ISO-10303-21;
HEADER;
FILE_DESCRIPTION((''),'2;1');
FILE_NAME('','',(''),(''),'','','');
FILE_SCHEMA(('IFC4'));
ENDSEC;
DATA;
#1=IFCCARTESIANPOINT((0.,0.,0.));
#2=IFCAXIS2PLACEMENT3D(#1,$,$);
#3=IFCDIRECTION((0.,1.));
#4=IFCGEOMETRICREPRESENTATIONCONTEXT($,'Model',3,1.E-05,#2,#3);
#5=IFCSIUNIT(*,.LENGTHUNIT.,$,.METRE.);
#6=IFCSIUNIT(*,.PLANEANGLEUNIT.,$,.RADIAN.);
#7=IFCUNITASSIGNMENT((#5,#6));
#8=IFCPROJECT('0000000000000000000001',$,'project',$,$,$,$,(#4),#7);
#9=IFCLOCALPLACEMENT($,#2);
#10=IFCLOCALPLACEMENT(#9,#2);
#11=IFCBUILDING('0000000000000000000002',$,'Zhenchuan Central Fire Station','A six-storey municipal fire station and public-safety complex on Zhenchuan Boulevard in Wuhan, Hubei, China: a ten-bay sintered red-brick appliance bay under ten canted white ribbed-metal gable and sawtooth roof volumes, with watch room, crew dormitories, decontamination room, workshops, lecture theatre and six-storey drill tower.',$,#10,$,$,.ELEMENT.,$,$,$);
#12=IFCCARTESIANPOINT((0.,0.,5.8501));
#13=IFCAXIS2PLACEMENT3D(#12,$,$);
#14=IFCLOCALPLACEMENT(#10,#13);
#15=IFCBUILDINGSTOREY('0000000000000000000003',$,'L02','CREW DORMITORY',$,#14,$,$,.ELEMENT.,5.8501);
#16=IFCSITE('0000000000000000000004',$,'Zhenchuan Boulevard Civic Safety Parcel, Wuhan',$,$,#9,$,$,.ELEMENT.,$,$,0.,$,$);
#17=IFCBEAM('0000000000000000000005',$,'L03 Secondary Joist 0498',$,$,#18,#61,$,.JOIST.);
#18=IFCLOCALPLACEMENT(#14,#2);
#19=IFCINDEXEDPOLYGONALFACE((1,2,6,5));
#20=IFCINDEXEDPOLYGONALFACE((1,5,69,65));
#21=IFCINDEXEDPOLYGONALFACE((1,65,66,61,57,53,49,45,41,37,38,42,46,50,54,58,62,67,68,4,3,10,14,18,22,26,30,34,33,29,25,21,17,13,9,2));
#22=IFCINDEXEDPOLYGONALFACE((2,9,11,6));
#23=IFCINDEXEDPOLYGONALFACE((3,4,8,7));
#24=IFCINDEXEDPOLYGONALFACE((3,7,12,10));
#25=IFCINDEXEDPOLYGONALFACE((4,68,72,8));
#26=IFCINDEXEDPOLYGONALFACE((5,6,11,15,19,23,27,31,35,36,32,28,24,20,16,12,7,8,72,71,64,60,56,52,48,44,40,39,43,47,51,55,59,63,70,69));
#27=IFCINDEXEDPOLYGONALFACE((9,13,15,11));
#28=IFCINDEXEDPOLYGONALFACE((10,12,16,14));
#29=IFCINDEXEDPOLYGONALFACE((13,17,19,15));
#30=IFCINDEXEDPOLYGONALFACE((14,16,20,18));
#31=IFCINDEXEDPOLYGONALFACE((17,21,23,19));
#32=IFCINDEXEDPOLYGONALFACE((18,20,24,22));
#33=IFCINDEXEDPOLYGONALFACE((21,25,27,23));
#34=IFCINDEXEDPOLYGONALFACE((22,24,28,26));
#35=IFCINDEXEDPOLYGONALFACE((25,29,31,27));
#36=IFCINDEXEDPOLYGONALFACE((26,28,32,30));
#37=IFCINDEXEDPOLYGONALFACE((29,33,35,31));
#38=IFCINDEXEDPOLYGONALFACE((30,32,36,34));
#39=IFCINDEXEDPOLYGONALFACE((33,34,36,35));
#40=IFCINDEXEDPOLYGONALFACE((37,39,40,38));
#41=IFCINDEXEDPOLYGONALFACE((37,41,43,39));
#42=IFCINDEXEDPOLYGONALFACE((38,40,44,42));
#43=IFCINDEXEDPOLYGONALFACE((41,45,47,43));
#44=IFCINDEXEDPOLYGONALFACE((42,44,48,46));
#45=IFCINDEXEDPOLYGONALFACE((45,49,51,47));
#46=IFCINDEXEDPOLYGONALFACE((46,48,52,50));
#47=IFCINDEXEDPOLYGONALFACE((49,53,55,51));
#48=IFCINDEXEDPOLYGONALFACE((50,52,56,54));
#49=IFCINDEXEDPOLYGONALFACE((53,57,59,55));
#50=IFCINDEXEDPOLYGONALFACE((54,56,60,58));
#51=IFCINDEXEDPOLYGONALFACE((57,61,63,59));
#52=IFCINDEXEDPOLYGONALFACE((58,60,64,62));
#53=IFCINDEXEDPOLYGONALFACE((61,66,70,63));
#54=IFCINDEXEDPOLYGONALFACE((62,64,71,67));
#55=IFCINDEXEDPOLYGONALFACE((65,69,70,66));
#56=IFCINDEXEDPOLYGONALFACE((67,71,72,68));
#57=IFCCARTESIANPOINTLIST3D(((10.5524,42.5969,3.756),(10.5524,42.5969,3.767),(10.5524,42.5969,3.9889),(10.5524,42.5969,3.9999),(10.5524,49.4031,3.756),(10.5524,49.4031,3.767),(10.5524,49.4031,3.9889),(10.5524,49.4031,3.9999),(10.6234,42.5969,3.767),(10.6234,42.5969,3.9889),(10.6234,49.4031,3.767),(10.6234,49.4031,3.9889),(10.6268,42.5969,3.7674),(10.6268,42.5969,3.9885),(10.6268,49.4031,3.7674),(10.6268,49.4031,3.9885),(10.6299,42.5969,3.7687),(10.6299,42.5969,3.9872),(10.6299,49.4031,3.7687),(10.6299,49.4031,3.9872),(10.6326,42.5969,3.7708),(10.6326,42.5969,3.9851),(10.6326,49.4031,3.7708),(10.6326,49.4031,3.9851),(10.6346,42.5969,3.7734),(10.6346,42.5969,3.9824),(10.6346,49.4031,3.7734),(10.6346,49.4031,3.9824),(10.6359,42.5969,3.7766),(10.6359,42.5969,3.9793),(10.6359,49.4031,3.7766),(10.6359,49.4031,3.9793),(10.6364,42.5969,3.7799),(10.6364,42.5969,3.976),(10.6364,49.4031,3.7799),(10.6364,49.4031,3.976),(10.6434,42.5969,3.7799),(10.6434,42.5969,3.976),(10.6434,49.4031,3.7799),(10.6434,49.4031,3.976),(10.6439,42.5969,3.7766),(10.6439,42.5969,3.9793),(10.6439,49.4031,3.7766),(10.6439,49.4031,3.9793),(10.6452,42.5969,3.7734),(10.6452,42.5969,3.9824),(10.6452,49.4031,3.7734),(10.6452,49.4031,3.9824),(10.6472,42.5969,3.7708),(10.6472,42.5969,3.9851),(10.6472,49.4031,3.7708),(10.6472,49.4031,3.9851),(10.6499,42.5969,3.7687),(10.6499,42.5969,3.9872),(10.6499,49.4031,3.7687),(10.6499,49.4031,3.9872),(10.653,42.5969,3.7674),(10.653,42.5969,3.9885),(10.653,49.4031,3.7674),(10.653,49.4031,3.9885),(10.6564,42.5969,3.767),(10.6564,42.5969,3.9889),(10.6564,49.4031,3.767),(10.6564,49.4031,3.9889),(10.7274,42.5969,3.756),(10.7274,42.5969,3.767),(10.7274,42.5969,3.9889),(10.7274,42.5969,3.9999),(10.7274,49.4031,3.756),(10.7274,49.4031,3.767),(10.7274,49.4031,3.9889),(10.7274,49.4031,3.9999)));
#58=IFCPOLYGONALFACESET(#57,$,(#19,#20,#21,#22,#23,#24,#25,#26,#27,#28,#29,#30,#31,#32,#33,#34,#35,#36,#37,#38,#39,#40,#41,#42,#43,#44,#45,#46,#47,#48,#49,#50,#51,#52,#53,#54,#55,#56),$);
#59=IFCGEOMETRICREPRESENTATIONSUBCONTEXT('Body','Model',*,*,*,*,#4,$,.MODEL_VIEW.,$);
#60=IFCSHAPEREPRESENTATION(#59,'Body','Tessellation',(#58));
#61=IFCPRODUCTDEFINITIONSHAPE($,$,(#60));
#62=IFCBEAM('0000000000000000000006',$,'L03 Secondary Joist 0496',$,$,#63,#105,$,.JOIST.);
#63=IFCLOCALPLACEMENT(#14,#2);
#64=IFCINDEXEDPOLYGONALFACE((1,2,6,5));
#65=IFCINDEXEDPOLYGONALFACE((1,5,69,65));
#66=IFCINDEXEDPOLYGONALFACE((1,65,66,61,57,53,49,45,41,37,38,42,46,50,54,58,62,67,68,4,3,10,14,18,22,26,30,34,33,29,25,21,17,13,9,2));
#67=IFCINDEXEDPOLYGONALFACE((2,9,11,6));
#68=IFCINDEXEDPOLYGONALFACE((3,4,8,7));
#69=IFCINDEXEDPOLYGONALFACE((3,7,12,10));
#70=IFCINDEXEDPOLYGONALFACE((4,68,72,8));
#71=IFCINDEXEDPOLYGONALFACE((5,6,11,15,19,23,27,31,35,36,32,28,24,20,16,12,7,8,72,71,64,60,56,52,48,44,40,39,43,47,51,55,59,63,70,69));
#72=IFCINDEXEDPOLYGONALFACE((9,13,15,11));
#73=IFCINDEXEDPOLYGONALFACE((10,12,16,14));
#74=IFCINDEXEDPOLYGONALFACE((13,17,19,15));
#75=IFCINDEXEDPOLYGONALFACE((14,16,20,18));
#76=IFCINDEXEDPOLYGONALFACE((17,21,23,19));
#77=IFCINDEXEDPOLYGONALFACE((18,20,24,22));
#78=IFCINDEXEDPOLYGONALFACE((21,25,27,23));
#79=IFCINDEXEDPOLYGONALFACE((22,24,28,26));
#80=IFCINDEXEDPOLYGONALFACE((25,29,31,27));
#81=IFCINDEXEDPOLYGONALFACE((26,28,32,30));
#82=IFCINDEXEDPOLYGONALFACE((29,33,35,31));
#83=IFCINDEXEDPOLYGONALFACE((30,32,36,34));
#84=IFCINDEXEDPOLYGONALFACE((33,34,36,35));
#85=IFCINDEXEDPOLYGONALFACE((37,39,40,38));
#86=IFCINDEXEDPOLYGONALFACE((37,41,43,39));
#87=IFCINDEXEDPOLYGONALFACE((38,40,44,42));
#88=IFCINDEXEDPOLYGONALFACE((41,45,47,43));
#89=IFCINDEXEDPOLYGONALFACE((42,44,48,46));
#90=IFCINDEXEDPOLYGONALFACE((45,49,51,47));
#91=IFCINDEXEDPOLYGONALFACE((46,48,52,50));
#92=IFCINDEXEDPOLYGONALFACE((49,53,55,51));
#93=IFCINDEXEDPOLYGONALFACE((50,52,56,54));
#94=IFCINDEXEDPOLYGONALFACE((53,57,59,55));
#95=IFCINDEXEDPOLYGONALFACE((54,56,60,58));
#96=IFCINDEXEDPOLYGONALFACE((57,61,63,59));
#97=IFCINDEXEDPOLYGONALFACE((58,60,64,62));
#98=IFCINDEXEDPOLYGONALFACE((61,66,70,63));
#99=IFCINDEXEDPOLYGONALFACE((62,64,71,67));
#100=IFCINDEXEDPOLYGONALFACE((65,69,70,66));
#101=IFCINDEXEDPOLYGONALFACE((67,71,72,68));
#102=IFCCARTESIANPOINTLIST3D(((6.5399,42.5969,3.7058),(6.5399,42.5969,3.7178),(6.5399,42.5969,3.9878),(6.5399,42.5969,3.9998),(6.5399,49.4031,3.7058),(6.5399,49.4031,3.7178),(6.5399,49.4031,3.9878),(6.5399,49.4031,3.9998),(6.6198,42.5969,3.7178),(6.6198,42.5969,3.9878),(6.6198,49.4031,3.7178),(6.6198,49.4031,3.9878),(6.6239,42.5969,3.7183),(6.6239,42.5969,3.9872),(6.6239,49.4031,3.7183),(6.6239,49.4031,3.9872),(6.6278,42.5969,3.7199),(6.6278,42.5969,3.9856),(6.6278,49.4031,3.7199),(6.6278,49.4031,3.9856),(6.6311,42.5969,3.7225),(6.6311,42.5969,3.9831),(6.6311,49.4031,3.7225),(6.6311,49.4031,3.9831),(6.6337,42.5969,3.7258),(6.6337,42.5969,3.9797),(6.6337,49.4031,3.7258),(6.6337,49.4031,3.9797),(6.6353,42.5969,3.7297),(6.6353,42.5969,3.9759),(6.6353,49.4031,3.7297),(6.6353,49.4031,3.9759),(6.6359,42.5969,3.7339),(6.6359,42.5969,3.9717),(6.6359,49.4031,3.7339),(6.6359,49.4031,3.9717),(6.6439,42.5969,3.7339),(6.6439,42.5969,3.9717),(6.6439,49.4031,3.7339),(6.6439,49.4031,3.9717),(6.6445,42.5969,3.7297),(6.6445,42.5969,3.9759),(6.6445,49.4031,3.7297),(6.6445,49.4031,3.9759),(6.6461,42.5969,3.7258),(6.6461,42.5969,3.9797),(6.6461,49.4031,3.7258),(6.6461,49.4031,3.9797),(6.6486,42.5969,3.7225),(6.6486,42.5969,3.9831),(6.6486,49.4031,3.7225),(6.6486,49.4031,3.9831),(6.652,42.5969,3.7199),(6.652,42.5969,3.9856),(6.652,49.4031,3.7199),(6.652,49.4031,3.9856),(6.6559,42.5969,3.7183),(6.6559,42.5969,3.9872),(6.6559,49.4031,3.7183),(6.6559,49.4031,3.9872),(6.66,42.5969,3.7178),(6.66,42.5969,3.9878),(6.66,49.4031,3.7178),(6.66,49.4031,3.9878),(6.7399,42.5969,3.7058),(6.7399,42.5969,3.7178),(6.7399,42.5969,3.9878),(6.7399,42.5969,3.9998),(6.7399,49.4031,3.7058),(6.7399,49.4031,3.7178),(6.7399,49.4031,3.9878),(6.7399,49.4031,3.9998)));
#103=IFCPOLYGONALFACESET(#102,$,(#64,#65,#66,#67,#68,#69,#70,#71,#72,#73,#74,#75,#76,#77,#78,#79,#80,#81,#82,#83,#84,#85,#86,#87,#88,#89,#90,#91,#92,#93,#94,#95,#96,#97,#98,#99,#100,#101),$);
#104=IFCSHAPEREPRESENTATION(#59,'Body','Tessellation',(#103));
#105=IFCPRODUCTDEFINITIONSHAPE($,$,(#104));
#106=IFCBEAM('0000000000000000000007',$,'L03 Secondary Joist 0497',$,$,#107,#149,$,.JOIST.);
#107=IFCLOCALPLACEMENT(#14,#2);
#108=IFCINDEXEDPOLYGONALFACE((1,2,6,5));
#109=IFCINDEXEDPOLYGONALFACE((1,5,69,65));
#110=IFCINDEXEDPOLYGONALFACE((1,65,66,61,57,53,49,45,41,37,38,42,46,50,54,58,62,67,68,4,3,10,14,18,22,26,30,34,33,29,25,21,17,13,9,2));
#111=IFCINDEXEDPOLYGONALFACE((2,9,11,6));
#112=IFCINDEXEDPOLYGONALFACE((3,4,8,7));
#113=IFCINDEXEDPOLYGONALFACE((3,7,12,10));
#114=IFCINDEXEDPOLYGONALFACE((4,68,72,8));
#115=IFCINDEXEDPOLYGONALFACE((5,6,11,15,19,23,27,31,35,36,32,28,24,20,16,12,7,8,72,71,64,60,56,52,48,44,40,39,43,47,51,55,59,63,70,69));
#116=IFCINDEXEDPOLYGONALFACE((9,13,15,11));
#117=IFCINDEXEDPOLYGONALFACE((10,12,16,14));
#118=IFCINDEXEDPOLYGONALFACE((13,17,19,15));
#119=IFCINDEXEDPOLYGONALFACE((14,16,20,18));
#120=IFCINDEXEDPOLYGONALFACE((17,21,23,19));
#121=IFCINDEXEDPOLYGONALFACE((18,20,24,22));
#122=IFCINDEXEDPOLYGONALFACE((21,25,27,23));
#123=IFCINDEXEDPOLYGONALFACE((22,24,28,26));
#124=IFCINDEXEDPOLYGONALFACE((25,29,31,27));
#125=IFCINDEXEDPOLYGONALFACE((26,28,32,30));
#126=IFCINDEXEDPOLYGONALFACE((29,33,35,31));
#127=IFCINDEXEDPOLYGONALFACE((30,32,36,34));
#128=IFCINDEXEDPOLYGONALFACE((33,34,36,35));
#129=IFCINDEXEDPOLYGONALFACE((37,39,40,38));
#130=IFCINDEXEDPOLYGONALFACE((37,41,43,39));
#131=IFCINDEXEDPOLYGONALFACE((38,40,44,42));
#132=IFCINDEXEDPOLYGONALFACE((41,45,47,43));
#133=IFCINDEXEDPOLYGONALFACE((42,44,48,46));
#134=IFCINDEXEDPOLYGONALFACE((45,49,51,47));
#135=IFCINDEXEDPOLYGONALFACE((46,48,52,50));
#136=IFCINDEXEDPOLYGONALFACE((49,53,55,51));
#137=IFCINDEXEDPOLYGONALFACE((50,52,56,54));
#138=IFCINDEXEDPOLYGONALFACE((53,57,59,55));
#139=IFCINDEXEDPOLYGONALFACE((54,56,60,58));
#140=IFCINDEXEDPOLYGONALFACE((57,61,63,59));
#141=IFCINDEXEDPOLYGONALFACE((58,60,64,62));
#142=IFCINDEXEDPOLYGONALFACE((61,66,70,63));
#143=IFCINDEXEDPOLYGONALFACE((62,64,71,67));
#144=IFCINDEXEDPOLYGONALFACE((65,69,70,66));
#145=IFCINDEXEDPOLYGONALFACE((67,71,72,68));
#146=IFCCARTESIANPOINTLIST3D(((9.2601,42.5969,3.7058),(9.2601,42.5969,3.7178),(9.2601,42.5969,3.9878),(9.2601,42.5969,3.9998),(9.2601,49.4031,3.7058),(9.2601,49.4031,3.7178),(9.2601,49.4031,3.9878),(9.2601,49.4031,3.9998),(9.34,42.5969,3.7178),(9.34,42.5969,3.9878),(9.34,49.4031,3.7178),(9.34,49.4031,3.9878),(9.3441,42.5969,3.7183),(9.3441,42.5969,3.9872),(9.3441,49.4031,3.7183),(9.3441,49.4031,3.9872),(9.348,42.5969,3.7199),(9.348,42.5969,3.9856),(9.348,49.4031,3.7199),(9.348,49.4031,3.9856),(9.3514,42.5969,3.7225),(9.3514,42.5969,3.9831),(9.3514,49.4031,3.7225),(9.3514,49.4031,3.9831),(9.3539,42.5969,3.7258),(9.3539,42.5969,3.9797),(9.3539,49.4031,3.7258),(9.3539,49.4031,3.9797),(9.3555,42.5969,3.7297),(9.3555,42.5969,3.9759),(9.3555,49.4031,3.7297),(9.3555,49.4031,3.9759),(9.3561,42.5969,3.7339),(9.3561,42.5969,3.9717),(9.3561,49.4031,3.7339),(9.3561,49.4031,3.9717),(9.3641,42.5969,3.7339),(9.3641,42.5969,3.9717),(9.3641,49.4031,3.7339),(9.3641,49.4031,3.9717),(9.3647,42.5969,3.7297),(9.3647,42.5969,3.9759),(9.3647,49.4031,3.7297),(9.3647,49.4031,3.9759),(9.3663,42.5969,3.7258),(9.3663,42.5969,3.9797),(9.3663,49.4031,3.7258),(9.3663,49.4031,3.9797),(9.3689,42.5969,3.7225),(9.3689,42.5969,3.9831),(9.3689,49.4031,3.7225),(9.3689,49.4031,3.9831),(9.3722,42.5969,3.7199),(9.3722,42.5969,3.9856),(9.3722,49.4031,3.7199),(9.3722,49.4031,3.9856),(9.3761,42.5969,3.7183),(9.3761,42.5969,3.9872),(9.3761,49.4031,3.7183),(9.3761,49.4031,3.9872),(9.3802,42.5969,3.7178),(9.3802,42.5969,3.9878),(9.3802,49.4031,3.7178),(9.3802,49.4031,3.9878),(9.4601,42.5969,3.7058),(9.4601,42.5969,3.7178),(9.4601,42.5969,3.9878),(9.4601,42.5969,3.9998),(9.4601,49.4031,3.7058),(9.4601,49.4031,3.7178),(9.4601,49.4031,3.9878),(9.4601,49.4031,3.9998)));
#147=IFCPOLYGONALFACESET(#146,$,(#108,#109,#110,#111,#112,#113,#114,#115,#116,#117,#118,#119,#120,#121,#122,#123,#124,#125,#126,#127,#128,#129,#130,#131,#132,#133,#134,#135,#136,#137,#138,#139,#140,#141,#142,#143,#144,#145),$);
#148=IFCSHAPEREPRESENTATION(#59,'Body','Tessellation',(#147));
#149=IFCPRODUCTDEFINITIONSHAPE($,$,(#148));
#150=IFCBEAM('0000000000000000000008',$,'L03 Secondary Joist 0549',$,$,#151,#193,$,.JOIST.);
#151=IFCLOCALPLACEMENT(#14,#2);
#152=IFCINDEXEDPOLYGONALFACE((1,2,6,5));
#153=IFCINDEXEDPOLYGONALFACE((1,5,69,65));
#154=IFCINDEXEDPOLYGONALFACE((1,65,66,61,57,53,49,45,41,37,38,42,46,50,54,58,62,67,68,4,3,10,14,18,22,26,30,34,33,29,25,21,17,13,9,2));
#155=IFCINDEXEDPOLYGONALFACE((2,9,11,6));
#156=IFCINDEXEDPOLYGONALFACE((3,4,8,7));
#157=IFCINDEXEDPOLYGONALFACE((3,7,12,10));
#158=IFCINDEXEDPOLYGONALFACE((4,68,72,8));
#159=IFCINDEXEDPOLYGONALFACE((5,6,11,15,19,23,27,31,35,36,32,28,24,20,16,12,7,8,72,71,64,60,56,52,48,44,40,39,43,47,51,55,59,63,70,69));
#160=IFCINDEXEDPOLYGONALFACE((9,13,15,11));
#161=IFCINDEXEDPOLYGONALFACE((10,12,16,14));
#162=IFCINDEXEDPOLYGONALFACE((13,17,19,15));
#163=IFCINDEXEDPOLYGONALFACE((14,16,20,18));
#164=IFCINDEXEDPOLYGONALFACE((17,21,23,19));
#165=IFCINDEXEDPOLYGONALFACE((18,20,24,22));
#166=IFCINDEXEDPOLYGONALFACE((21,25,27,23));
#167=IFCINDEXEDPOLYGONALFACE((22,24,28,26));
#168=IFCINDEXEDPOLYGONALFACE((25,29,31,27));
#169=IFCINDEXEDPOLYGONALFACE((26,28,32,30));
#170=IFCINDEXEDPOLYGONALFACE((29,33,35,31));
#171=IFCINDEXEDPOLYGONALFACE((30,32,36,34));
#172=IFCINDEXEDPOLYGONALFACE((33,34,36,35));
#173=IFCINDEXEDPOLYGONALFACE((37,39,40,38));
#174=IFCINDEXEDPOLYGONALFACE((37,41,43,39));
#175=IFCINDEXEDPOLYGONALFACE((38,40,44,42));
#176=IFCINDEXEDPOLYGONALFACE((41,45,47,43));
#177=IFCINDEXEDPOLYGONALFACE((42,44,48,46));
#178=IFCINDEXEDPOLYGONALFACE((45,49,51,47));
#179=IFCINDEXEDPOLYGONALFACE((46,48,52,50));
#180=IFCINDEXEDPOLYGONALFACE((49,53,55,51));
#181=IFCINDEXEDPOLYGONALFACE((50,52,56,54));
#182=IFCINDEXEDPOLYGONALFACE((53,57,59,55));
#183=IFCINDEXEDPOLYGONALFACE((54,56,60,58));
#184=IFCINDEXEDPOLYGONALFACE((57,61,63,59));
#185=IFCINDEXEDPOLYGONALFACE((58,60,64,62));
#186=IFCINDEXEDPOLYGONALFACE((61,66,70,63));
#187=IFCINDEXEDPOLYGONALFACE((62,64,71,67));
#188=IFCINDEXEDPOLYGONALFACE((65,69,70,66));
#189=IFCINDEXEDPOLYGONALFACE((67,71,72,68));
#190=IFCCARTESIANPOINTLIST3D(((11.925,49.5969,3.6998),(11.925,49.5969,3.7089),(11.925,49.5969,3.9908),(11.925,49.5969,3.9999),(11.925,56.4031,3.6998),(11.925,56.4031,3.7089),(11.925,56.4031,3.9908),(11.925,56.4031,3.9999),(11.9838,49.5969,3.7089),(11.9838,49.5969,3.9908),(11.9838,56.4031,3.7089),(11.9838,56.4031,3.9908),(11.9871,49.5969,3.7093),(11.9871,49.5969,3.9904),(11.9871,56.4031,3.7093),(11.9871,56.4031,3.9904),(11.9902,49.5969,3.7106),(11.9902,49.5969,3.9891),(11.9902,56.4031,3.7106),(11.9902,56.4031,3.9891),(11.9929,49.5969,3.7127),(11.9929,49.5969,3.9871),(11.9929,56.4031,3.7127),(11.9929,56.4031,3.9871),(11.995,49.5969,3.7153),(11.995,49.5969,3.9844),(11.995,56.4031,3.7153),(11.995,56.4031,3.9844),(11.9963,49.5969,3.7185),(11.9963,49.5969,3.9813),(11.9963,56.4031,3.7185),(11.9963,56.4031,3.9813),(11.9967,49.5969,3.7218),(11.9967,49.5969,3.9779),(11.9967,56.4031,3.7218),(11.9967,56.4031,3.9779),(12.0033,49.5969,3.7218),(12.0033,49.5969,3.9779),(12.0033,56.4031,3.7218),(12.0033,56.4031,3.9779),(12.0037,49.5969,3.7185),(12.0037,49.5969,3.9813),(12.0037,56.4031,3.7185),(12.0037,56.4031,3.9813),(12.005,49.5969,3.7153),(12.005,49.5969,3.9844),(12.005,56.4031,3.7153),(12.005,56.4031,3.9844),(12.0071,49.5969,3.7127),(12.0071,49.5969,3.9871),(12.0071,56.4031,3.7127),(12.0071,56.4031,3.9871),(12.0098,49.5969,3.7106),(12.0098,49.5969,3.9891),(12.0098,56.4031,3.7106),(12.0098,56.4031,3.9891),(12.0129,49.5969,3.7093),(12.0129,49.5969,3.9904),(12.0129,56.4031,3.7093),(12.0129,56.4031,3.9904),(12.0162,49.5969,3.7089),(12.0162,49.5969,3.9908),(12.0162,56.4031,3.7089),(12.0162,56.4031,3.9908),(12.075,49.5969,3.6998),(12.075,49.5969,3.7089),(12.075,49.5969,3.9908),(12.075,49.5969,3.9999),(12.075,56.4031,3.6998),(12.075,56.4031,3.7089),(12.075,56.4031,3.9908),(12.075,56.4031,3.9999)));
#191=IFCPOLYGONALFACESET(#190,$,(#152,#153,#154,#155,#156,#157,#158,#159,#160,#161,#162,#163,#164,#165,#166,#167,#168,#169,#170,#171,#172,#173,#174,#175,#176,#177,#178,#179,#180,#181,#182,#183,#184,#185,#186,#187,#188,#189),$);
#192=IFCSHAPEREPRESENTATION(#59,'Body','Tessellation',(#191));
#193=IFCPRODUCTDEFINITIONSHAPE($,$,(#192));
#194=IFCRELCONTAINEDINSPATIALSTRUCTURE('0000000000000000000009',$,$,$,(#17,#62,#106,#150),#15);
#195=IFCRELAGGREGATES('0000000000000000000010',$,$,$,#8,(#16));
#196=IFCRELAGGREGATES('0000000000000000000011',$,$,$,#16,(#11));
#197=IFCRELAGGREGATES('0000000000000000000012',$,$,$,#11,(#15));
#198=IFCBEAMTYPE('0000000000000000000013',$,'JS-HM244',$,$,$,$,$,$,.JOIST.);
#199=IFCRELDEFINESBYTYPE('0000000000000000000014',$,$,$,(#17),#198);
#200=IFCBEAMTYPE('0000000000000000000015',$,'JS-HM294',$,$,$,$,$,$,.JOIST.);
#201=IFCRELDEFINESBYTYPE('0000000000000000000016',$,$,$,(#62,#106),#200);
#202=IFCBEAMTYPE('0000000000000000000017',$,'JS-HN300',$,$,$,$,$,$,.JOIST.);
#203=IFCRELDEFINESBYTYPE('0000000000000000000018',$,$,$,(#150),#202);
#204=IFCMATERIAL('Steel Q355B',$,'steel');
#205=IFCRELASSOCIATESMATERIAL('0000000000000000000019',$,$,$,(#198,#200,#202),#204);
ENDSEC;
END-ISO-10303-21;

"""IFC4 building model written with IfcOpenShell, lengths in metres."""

from ifc_helpers import new_model, si_unit, direction, frame, origin, origin_2d, place, context, subcontext, project, spatial, i_section, extrude, material, material_profile, profile_set, type_object, element, save


model = new_model("IFC4")

# Units and contexts
model_context = context("Model", 3, precision=1e-05, world=origin(), true_north=direction((0.0, 1.0)))
body_context = subcontext(model_context, "Body", "Model", "MODEL_VIEW")
ifc_project = project(units=[si_unit("LENGTHUNIT", "METRE"), si_unit("PLANEANGLEUNIT", "RADIAN")], contexts=[model_context])

# Site, building, storey
site_placement = place(None, origin())
site = spatial("IfcSite", under=ifc_project, at=site_placement, Name="Zhenchuan Boulevard Civic Safety Parcel, Wuhan", CompositionType="ELEMENT", RefElevation=0.0)
building_placement = place(site_placement, origin())
building = spatial("IfcBuilding", under=site, at=building_placement, Name="Zhenchuan Central Fire Station", Description="A six-storey municipal fire station and public-safety complex on Zhenchuan Boulevard in Wuhan, Hubei, China: a ten-bay sintered red-brick appliance bay under ten canted white ribbed-metal gable and sawtooth roof volumes, with watch room, crew dormitories, decontamination room, workshops, lecture theatre and six-storey drill tower.", CompositionType="ELEMENT")
storey_placement = place(building_placement, frame((0.0, 0.0, 5.8501)))
storey = spatial("IfcBuildingStorey", under=building, at=storey_placement, Name="L02", Description="CREW DORMITORY", CompositionType="ELEMENT", Elevation=5.8501)

# Shared definitions
ifc_material_1 = material(Name="Steel Q355B", Category="steel")

# Beams
ifc_material_profile_1 = material_profile(ifc_material_1, i_section(OverallWidth=0.175, OverallDepth=0.2439, WebThickness=0.0071, FlangeThickness=0.011, FilletRadius=0.0129, at=origin_2d()), Name="HM 244x175")
ifc_profile_set_1 = profile_set([ifc_material_profile_1], Name="Steel Q355B")
beam_type_1 = type_object("IfcBeamType", Name="JS-HM244", PredefinedType="JOIST", material=ifc_profile_set_1)
beam_1_placement = place(storey_placement, frame((10.6399, 42.5969, 3.8779), z_axis=(0.0, 1.0, 0.0), x_axis=(-1.0, 0.0, 0.0)))
element("IfcBeam", 1, at=beam_1_placement, inside=storey, type_object=beam_type_1, Name="L03 Secondary Joist 0498", PredefinedType="JOIST", context=body_context, shape_type="SweptSolid", body=[
    extrude(i_section(OverallWidth=0.175, OverallDepth=0.2439, WebThickness=0.0071, FlangeThickness=0.011, FilletRadius=0.0129, at=origin_2d()), origin(), (0.0, 0.0, 1.0), 6.8062),
])
ifc_material_profile_2 = material_profile(ifc_material_1, i_section(OverallWidth=0.2, OverallDepth=0.2939, WebThickness=0.0081, FlangeThickness=0.012, FilletRadius=0.0161, at=origin_2d()), Name="HM 294x200")
ifc_profile_set_2 = profile_set([ifc_material_profile_2], Name="Steel Q355B")
beam_type_2 = type_object("IfcBeamType", Name="JS-HM294", PredefinedType="JOIST", material=ifc_profile_set_2)
for number, where, z_axis, x_axis, name in (
    (2, (6.6399, 42.5969, 3.8528), (0.0, 1.0, 0.0), (-1.0, 0.0, 0.0), "L03 Secondary Joist 0496"),
    (3, (9.3601, 42.5969, 3.8528), (0.0, 1.0, 0.0), (-1.0, 0.0, 0.0), "L03 Secondary Joist 0497"),
):
    element("IfcBeam", number, at=place(storey_placement, frame(where, z_axis=z_axis, x_axis=x_axis)), inside=storey, type_object=beam_type_2, Name=name, PredefinedType="JOIST", context=body_context, shape_type="SweptSolid", body=[
        extrude(i_section(OverallWidth=0.2, OverallDepth=0.2939, WebThickness=0.0081, FlangeThickness=0.012, FilletRadius=0.0161, at=origin_2d()), origin(), (0.0, 0.0, 1.0), 6.8062),
    ])
ifc_material_profile_3 = material_profile(ifc_material_1, i_section(OverallWidth=0.1499, OverallDepth=0.3, WebThickness=0.0066, FlangeThickness=0.009, FilletRadius=0.0129, at=origin_2d()), Name="HN 300x150")
ifc_profile_set_3 = profile_set([ifc_material_profile_3], Name="Steel Q355B")
beam_type_3 = type_object("IfcBeamType", Name="JS-HN300", PredefinedType="JOIST", material=ifc_profile_set_3)
beam_2_placement = place(storey_placement, frame((12.0, 49.5969, 3.8499), z_axis=(0.0, 1.0, 0.0), x_axis=(-1.0, 0.0, 0.0)))
element("IfcBeam", 4, at=beam_2_placement, inside=storey, type_object=beam_type_3, Name="L03 Secondary Joist 0549", PredefinedType="JOIST", context=body_context, shape_type="SweptSolid", body=[
    extrude(i_section(OverallWidth=0.1499, OverallDepth=0.3, WebThickness=0.0066, FlangeThickness=0.009, FilletRadius=0.0129, at=origin_2d()), origin(), (0.0, 0.0, 1.0), 6.8062),
])

save(model, "model.ifc")
